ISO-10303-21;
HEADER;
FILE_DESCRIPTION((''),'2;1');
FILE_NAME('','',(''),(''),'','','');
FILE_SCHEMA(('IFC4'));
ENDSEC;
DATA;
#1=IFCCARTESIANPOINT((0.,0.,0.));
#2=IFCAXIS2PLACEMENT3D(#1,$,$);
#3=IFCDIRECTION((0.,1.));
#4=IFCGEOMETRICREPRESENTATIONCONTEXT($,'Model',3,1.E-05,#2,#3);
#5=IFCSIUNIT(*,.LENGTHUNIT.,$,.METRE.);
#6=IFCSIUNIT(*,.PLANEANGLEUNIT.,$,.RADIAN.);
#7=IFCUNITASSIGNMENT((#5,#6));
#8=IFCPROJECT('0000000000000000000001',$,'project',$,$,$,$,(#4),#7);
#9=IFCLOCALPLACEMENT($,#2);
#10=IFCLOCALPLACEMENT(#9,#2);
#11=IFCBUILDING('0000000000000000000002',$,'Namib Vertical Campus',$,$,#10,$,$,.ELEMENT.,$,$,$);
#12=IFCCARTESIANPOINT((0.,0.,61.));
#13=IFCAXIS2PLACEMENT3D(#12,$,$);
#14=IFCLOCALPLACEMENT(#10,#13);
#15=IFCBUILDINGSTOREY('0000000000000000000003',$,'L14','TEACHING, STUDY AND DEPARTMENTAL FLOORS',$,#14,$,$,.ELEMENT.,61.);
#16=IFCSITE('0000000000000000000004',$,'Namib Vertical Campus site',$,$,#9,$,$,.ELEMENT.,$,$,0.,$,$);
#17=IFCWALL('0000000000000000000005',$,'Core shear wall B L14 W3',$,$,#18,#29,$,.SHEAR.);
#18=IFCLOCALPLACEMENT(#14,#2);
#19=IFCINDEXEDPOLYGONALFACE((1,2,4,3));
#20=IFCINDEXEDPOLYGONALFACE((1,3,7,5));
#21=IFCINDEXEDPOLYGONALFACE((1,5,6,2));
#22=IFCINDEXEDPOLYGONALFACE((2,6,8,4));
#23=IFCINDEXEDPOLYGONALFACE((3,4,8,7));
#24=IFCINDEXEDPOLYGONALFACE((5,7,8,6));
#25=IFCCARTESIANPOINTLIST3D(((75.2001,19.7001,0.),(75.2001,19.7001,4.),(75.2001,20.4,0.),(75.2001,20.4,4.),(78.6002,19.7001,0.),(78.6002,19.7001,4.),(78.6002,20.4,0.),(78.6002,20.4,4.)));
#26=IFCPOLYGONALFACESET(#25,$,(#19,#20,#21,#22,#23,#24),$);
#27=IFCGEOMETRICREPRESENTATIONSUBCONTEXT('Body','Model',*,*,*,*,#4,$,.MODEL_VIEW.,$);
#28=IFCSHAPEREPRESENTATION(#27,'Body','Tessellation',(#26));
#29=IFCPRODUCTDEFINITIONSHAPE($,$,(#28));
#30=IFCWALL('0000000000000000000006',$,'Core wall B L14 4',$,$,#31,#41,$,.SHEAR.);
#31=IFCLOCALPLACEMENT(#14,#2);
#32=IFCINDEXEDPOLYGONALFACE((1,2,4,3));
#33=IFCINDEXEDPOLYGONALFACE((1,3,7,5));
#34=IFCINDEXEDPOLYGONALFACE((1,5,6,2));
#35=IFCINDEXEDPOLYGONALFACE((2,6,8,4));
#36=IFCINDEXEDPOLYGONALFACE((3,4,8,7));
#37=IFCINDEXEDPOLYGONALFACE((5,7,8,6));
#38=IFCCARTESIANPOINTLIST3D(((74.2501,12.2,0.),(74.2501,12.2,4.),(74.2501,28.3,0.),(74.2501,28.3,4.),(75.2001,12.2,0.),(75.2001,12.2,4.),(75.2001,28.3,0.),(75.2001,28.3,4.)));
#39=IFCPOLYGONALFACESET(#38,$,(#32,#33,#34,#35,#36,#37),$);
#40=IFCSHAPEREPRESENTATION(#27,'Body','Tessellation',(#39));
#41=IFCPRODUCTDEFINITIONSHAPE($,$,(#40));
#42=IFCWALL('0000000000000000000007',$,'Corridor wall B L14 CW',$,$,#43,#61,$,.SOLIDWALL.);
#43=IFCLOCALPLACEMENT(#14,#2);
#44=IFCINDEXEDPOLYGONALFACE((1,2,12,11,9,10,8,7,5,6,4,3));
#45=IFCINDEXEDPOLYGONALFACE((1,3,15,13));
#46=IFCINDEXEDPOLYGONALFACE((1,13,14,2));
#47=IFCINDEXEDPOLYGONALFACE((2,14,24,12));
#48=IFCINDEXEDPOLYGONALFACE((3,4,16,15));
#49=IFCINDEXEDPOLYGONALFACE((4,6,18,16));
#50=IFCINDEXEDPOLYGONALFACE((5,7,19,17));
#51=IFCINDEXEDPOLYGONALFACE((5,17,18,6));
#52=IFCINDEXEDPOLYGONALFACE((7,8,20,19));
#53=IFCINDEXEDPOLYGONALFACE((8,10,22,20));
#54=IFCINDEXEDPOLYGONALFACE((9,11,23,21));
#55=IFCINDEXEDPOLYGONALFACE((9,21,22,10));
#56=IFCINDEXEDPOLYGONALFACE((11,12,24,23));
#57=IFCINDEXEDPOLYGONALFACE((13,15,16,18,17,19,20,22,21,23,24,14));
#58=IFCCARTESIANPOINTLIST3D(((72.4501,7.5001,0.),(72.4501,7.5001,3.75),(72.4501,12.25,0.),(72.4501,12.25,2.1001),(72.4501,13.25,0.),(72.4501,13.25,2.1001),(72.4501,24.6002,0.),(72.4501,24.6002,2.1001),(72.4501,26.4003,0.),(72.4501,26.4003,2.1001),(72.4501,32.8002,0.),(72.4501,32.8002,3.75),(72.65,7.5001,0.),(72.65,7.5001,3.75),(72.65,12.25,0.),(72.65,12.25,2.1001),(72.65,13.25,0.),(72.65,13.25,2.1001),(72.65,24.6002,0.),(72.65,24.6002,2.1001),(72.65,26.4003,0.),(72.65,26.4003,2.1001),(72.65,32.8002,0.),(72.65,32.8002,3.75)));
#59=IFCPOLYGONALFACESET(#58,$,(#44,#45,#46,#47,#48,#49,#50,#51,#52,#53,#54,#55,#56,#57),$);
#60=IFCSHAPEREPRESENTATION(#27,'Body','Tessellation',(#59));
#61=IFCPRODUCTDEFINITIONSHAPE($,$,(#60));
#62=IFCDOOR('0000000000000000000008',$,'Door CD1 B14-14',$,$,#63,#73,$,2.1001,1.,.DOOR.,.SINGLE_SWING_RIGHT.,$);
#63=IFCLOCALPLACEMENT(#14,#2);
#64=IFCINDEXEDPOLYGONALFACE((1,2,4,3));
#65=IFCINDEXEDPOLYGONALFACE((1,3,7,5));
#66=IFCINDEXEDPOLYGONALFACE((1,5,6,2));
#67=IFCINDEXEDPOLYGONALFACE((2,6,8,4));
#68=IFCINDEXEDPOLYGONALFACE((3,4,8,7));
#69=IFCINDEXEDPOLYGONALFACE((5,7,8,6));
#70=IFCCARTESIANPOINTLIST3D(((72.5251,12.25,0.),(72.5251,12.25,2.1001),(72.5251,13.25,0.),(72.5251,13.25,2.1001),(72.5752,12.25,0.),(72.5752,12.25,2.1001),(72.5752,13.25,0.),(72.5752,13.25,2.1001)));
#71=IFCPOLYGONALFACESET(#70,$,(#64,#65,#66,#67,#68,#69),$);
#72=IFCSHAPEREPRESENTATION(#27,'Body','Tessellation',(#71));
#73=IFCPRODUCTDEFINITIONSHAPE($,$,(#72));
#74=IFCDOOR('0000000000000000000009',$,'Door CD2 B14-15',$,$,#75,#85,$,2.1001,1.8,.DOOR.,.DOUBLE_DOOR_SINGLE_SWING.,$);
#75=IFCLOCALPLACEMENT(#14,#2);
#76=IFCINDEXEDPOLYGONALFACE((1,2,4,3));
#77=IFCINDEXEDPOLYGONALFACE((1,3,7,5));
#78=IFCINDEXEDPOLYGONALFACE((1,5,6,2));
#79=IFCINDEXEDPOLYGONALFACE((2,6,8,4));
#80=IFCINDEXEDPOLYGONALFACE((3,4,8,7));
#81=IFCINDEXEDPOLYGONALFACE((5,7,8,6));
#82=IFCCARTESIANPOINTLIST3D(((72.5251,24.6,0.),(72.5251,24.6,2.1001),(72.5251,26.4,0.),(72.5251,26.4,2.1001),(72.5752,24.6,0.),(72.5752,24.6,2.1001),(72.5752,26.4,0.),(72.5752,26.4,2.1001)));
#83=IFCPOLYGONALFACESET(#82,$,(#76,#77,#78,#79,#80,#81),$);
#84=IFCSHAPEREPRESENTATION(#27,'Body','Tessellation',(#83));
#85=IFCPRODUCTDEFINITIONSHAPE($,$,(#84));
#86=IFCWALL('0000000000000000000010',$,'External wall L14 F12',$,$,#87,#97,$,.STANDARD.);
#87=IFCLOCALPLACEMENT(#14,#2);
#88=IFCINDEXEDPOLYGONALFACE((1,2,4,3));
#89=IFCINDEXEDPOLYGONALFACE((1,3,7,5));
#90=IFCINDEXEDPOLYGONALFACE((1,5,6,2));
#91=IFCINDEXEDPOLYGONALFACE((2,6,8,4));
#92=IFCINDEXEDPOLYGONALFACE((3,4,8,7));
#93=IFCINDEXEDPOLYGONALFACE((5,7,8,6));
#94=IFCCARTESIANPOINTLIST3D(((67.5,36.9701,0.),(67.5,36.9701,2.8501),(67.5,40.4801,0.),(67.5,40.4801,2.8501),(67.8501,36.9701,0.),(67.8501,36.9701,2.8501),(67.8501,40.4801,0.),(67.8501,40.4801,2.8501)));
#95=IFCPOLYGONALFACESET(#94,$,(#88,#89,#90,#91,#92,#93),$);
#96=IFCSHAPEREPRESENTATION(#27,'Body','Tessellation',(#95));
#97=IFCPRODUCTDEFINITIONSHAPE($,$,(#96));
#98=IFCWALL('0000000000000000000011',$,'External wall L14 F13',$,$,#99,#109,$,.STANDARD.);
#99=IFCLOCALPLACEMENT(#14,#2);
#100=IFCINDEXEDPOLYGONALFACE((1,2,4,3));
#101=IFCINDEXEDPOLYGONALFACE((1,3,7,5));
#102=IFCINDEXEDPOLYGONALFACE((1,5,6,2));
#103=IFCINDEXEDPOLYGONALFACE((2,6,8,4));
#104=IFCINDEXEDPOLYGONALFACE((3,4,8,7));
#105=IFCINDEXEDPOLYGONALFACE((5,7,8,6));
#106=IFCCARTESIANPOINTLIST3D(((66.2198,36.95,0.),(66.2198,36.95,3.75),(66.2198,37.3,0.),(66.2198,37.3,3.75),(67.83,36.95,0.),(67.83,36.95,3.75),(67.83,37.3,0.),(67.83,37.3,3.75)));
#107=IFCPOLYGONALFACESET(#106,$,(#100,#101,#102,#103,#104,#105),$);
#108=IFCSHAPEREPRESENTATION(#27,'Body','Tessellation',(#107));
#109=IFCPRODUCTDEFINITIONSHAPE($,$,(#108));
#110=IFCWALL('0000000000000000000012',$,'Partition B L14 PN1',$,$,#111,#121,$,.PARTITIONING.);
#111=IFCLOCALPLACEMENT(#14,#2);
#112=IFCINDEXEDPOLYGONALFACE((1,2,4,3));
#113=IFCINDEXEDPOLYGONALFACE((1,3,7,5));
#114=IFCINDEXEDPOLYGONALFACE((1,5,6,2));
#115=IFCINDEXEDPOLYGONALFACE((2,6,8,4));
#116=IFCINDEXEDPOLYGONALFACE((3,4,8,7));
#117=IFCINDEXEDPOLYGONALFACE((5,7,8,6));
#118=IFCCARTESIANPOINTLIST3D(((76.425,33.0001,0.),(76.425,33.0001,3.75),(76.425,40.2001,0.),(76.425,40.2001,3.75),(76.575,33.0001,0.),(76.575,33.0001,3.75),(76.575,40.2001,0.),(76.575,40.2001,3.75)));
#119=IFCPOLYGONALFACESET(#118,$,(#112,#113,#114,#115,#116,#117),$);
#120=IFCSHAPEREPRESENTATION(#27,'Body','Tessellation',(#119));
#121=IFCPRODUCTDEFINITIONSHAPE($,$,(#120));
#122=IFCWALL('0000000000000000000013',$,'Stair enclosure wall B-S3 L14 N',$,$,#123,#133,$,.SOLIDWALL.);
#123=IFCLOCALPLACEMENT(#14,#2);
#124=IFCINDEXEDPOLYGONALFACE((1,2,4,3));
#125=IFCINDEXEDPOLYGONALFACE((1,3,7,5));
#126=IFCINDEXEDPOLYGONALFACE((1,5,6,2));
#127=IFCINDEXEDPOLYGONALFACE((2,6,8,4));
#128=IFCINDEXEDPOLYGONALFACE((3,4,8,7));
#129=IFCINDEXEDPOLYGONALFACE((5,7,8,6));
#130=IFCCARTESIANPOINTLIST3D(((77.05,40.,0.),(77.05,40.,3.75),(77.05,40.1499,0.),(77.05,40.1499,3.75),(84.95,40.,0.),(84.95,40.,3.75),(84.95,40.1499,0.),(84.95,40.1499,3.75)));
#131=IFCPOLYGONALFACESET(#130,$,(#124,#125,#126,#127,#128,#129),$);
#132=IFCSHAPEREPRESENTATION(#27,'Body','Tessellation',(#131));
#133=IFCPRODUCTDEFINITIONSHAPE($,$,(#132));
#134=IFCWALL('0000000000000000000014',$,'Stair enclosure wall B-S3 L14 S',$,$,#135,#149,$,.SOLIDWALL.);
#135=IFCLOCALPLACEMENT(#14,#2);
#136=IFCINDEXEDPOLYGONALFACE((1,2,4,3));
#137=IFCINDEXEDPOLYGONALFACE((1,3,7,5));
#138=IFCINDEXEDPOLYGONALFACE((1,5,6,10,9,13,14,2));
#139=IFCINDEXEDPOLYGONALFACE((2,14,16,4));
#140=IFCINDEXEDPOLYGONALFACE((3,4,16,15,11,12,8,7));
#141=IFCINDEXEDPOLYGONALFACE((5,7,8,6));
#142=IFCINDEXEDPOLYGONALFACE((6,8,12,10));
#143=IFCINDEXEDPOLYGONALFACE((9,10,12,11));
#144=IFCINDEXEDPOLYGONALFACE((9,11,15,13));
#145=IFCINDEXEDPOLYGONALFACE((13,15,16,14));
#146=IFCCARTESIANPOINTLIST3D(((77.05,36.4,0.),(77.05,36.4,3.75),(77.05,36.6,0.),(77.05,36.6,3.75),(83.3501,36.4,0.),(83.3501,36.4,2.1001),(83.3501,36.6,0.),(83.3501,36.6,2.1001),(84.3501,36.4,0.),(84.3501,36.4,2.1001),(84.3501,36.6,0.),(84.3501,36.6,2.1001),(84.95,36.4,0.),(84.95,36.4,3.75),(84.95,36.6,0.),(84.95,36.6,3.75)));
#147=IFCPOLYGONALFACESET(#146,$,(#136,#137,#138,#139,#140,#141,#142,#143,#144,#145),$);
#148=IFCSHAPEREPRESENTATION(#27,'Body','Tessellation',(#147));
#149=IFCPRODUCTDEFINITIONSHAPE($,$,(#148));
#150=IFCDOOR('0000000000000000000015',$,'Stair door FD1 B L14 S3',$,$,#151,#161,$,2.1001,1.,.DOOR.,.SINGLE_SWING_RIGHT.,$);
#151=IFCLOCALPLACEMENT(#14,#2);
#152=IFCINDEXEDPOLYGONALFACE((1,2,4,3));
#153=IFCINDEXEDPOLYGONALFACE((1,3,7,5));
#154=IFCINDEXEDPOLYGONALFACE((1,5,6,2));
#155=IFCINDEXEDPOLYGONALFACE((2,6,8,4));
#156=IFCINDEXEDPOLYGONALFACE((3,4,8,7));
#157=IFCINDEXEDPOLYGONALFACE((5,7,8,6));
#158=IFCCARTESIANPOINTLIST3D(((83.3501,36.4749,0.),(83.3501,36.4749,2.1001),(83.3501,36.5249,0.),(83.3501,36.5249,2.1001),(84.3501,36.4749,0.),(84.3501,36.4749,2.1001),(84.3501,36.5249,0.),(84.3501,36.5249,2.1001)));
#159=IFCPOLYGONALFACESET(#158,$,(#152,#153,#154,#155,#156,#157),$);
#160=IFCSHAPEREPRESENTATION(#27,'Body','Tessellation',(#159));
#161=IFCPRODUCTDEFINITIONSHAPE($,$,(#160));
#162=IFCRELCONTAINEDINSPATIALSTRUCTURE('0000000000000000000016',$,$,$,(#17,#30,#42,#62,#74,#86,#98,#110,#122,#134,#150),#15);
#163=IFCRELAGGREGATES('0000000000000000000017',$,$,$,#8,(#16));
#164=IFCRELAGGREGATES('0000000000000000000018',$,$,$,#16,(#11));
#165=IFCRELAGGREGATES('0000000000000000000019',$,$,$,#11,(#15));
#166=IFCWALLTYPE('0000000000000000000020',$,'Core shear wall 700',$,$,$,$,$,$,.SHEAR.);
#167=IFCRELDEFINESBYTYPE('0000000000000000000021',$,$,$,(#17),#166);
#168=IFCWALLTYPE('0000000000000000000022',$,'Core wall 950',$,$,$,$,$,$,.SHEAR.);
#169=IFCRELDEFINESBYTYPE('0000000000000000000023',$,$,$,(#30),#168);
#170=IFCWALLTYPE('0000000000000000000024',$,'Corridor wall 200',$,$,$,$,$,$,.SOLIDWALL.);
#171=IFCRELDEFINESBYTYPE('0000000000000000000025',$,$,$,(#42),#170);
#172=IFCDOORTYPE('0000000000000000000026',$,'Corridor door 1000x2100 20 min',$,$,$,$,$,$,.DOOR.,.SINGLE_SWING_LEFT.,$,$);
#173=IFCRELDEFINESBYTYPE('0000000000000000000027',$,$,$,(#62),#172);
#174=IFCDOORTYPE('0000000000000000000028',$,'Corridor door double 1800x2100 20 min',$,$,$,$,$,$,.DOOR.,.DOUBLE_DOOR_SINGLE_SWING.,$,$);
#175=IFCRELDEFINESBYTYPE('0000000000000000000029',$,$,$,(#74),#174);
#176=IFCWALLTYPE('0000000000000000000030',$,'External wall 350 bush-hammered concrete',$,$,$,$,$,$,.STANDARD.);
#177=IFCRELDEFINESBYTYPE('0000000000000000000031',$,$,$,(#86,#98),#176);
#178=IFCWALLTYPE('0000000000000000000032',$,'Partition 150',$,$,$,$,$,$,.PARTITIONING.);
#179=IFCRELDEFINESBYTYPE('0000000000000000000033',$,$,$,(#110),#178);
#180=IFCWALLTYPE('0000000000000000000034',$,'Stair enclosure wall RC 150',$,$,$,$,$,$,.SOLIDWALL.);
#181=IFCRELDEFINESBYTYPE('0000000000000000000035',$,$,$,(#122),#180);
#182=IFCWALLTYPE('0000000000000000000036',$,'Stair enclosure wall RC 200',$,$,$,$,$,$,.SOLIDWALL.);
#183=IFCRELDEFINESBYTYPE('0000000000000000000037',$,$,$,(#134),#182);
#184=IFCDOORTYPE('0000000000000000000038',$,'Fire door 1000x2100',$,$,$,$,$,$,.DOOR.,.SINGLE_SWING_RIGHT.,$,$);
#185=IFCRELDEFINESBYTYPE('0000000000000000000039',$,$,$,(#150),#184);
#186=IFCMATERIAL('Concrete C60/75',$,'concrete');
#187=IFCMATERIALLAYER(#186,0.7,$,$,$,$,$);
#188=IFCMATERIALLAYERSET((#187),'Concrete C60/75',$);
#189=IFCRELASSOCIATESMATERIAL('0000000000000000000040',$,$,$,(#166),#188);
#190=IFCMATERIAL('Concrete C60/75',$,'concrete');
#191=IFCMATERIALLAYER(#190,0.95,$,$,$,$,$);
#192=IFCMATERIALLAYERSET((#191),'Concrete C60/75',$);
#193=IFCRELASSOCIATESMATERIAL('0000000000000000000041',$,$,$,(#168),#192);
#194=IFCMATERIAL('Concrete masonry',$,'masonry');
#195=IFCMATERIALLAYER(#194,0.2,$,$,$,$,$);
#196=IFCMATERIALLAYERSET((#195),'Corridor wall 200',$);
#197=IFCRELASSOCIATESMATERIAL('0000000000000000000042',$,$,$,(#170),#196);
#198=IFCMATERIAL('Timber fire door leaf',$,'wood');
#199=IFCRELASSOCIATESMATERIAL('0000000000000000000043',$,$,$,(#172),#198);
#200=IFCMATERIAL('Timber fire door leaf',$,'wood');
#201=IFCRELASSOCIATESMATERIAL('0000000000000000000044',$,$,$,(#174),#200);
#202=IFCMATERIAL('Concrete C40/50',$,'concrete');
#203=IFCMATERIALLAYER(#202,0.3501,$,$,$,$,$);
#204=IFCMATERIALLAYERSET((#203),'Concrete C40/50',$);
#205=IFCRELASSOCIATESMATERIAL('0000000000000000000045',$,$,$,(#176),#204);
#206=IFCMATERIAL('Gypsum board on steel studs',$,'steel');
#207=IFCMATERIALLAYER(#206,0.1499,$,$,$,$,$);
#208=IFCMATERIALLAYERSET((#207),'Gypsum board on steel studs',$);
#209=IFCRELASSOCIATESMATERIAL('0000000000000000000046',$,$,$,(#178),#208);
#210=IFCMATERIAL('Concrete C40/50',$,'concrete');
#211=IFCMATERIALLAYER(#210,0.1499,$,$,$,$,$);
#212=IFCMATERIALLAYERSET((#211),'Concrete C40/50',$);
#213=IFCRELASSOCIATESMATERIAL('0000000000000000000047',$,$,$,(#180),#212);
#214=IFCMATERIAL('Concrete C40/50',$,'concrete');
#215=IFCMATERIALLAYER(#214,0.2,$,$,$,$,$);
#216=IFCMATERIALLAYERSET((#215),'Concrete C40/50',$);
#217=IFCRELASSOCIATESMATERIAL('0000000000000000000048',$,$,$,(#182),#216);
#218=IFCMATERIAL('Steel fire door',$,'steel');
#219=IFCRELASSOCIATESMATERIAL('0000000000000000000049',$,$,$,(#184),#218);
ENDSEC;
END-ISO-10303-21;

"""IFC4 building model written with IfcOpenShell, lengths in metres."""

from ifc_helpers import new_model, si_unit, direction, frame, frame_2d, origin, place, context, subcontext, project, spatial, rectangle, extrude, material, layer, layer_set, type_object, element, fill, save


model = new_model("IFC4")

# Units and contexts
model_context = context("Model", 3, precision=1e-05, world=origin(), true_north=direction((0.0, 1.0)))
body_context = subcontext(model_context, "Body", "Model", "MODEL_VIEW")
ifc_project = project(units=[si_unit("LENGTHUNIT", "METRE"), si_unit("PLANEANGLEUNIT", "RADIAN")], contexts=[model_context])

# Site, building, storey
site_placement = place(None, origin())
site = spatial("IfcSite", under=ifc_project, at=site_placement, Name="Namib Vertical Campus site", CompositionType="ELEMENT", RefElevation=0.0)
building_placement = place(site_placement, origin())
building = spatial("IfcBuilding", under=site, at=building_placement, Name="Namib Vertical Campus", CompositionType="ELEMENT")
storey_placement = place(building_placement, frame((0.0, 0.0, 61.0)))
storey = spatial("IfcBuildingStorey", under=building, at=storey_placement, Name="L14", Description="TEACHING, STUDY AND DEPARTMENTAL FLOORS", CompositionType="ELEMENT", Elevation=61.0)

# Walls
ifc_material_1 = material(Name="Concrete C60/75", Category="concrete")
ifc_layer_1 = layer(ifc_material_1, 0.7)
ifc_layer_set_1 = layer_set([ifc_layer_1], Name="Concrete C60/75")
wall_type_1 = type_object("IfcWallType", Name="Core shear wall 700", PredefinedType="SHEAR", material=ifc_layer_set_1)
wall_1_placement = place(storey_placement, frame((75.2, 20.05, 0.0), z_axis=(0.0, 0.0, 1.0), x_axis=(1.0, 0.0, 0.0)))
element("IfcWall", 1, at=wall_1_placement, inside=storey, type_object=wall_type_1, Name="Core shear wall B L14 W3", PredefinedType="SHEAR", context=body_context, shape_type="SweptSolid", body=[
    extrude(rectangle(XDim=3.4001, YDim=0.7, at=frame_2d((1.7002, 0.0))), origin(), (0.0, 0.0, 1.0), 4.0),
])
ifc_material_2 = material(Name="Concrete C60/75", Category="concrete")
ifc_layer_2 = layer(ifc_material_2, 0.95)
ifc_layer_set_2 = layer_set([ifc_layer_2], Name="Concrete C60/75")
wall_type_2 = type_object("IfcWallType", Name="Core wall 950", PredefinedType="SHEAR", material=ifc_layer_set_2)
wall_2_placement = place(storey_placement, frame((74.7251, 28.3, 0.0), z_axis=(0.0, 0.0, 1.0), x_axis=(0.0, -1.0, 0.0)))
element("IfcWall", 2, at=wall_2_placement, inside=storey, type_object=wall_type_2, Name="Core wall B L14 4", PredefinedType="SHEAR", context=body_context, shape_type="SweptSolid", body=[
    extrude(rectangle(XDim=16.1001, YDim=0.95, at=frame_2d((8.05, 0.0))), origin(), (0.0, 0.0, 1.0), 4.0),
])

# Wall, openings, doors
ifc_material_3 = material(Name="Concrete masonry", Category="masonry")
ifc_layer_3 = layer(ifc_material_3, 0.2)
ifc_layer_set_3 = layer_set([ifc_layer_3], Name="Corridor wall 200")
wall_type_3 = type_object("IfcWallType", Name="Corridor wall 200", PredefinedType="SOLIDWALL", material=ifc_layer_set_3)
wall_3_placement = place(storey_placement, frame((72.55, 32.8, 0.0), z_axis=(0.0, 0.0, 1.0), x_axis=(0.0, -1.0, 0.0)))
wall_3 = element("IfcWall", 3, at=wall_3_placement, inside=storey, type_object=wall_type_3, Name="Corridor wall B L14 CW", PredefinedType="SOLIDWALL", context=body_context, shape_type="SweptSolid", body=[
    extrude(rectangle(XDim=25.3, YDim=0.2, at=frame_2d((12.6499, 0.0))), origin(), (0.0, 0.0, 1.0), 3.75),
])
opening_1_placement = place(wall_3_placement, frame((19.55, 0.0, 0.0)))
opening_1 = element("IfcOpeningElement", 4, at=opening_1_placement, cuts=wall_3, PredefinedType="OPENING", context=body_context, shape_type="SweptSolid", body=[
    extrude(rectangle(XDim=1.0, YDim=2.1001, at=frame_2d((0.5, 1.05))), frame((0.0, 0.1099, 0.0), z_axis=(0.0, -1.0, 0.0), x_axis=(1.0, 0.0, 0.0)), (0.0, 0.0, 1.0), 0.22),
])
opening_2_placement = place(wall_3_placement, frame((6.3999, 0.0, 0.0)))
opening_2 = element("IfcOpeningElement", 5, at=opening_2_placement, cuts=wall_3, PredefinedType="OPENING", context=body_context, shape_type="SweptSolid", body=[
    extrude(rectangle(XDim=1.8, YDim=2.1001, at=frame_2d((0.8999, 1.05))), frame((0.0, 0.1099, 0.0), z_axis=(0.0, -1.0, 0.0), x_axis=(1.0, 0.0, 0.0)), (0.0, 0.0, 1.0), 0.22),
])
ifc_material_4 = material(Name="Timber fire door leaf", Category="wood")
door_type_1 = type_object("IfcDoorType", Name="Corridor door 1000x2100 20 min", OperationType="SINGLE_SWING_LEFT", PredefinedType="DOOR", material=ifc_material_4)
door_1_placement = place(opening_1_placement, frame((1.0, 0.0, 0.0), z_axis=(0.0, 0.0, 1.0), x_axis=(-1.0, 0.0, 0.0)))
door_1 = element("IfcDoor", 6, at=door_1_placement, inside=storey, type_object=door_type_1, Name="Door CD1 B14-14", OperationType="SINGLE_SWING_RIGHT", OverallHeight=2.1001, OverallWidth=1.0, PredefinedType="DOOR", context=body_context, shape_type="SweptSolid", body=[
    extrude(rectangle(XDim=1.0, YDim=2.1001, at=frame_2d((0.5, 1.05))), frame((0.0, 0.0249, 0.0), z_axis=(0.0, -1.0, 0.0), x_axis=(1.0, 0.0, 0.0)), (0.0, 0.0, 1.0), 0.05),
])
fill(opening_1, door_1)
ifc_material_5 = material(Name="Timber fire door leaf", Category="wood")
door_type_2 = type_object("IfcDoorType", Name="Corridor door double 1800x2100 20 min", OperationType="DOUBLE_DOOR_SINGLE_SWING", PredefinedType="DOOR", material=ifc_material_5)
door_2_placement = place(opening_2_placement, frame((1.8, 0.0, 0.0), z_axis=(0.0, 0.0, 1.0), x_axis=(-1.0, 0.0, 0.0)))
door_2 = element("IfcDoor", 7, at=door_2_placement, inside=storey, type_object=door_type_2, Name="Door CD2 B14-15", OperationType="DOUBLE_DOOR_SINGLE_SWING", OverallHeight=2.1001, OverallWidth=1.8, PredefinedType="DOOR", context=body_context, shape_type="SweptSolid", body=[
    extrude(rectangle(XDim=1.8, YDim=2.1001, at=frame_2d((0.8999, 1.05))), frame((0.0, 0.0249, 0.0), z_axis=(0.0, -1.0, 0.0), x_axis=(1.0, 0.0, 0.0)), (0.0, 0.0, 1.0), 0.05),
])
fill(opening_2, door_2)

# Walls
ifc_material_6 = material(Name="Concrete C40/50", Category="concrete")
ifc_layer_4 = layer(ifc_material_6, 0.3501)
ifc_layer_set_4 = layer_set([ifc_layer_4], Name="Concrete C40/50")
wall_type_4 = type_object("IfcWallType", Name="External wall 350 bush-hammered concrete", PredefinedType="STANDARD", material=ifc_layer_set_4)
wall_4_placement = place(storey_placement, frame((67.675, 40.48, 0.0), z_axis=(0.0, 0.0, 1.0), x_axis=(0.0, -1.0, 0.0)))
element("IfcWall", 8, at=wall_4_placement, inside=storey, type_object=wall_type_4, Name="External wall L14 F12", PredefinedType="STANDARD", context=body_context, shape_type="SweptSolid", body=[
    extrude(rectangle(XDim=3.51, YDim=0.3501, at=frame_2d((1.7549, 0.0))), origin(), (0.0, 0.0, 1.0), 2.8501),
])
wall_5_placement = place(storey_placement, frame((67.8301, 37.125, 0.0), z_axis=(0.0, 0.0, 1.0), x_axis=(-1.0, 0.0, 0.0)))
element("IfcWall", 9, at=wall_5_placement, inside=storey, type_object=wall_type_4, Name="External wall L14 F13", PredefinedType="STANDARD", context=body_context, shape_type="SweptSolid", body=[
    extrude(rectangle(XDim=1.6101, YDim=0.3501, at=frame_2d((0.8052, 0.0))), origin(), (0.0, 0.0, 1.0), 3.75),
])
ifc_material_7 = material(Name="Gypsum board on steel studs", Category="steel")
ifc_layer_5 = layer(ifc_material_7, 0.1499)
ifc_layer_set_5 = layer_set([ifc_layer_5], Name="Gypsum board on steel studs")
wall_type_5 = type_object("IfcWallType", Name="Partition 150", PredefinedType="PARTITIONING", material=ifc_layer_set_5)
wall_6_placement = place(storey_placement, frame((76.5, 33.0, 0.0), z_axis=(0.0, 0.0, 1.0), x_axis=(0.0, 1.0, 0.0)))
element("IfcWall", 10, at=wall_6_placement, inside=storey, type_object=wall_type_5, Name="Partition B L14 PN1", PredefinedType="PARTITIONING", context=body_context, shape_type="SweptSolid", body=[
    extrude(rectangle(XDim=7.2, YDim=0.1499, at=frame_2d((3.6001, 0.0))), origin(), (0.0, 0.0, 1.0), 3.75),
])
ifc_material_8 = material(Name="Concrete C40/50", Category="concrete")
ifc_layer_6 = layer(ifc_material_8, 0.1499)
ifc_layer_set_6 = layer_set([ifc_layer_6], Name="Concrete C40/50")
wall_type_6 = type_object("IfcWallType", Name="Stair enclosure wall RC 150", PredefinedType="SOLIDWALL", material=ifc_layer_set_6)
wall_7_placement = place(storey_placement, frame((77.05, 40.075, 0.0), z_axis=(0.0, 0.0, 1.0), x_axis=(1.0, 0.0, 0.0)))
element("IfcWall", 11, at=wall_7_placement, inside=storey, type_object=wall_type_6, Name="Stair enclosure wall B-S3 L14 N", PredefinedType="SOLIDWALL", context=body_context, shape_type="SweptSolid", body=[
    extrude(rectangle(XDim=7.8999, YDim=0.1499, at=frame_2d((3.95, 0.0))), origin(), (0.0, 0.0, 1.0), 3.75),
])

# Wall, opening, door
ifc_material_9 = material(Name="Concrete C40/50", Category="concrete")
ifc_layer_7 = layer(ifc_material_9, 0.2)
ifc_layer_set_7 = layer_set([ifc_layer_7], Name="Concrete C40/50")
wall_type_7 = type_object("IfcWallType", Name="Stair enclosure wall RC 200", PredefinedType="SOLIDWALL", material=ifc_layer_set_7)
wall_8_placement = place(storey_placement, frame((77.05, 36.5, 0.0), z_axis=(0.0, 0.0, 1.0), x_axis=(1.0, 0.0, 0.0)))
wall_8 = element("IfcWall", 12, at=wall_8_placement, inside=storey, type_object=wall_type_7, Name="Stair enclosure wall B-S3 L14 S", PredefinedType="SOLIDWALL", context=body_context, shape_type="SweptSolid", body=[
    extrude(rectangle(XDim=7.8999, YDim=0.2, at=frame_2d((3.95, 0.0))), origin(), (0.0, 0.0, 1.0), 3.75),
])
opening_3_placement = place(wall_8_placement, frame((6.3, 0.0, 0.0)))
opening_3 = element("IfcOpeningElement", 13, at=opening_3_placement, cuts=wall_8, PredefinedType="OPENING", context=body_context, shape_type="SweptSolid", body=[
    extrude(rectangle(XDim=1.0, YDim=2.1001, at=frame_2d((0.5, 1.05))), frame((0.0, 0.1099, 0.0), z_axis=(0.0, -1.0, 0.0), x_axis=(1.0, 0.0, 0.0)), (0.0, 0.0, 1.0), 0.22),
])
ifc_material_10 = material(Name="Steel fire door", Category="steel")
door_type_3 = type_object("IfcDoorType", Name="Fire door 1000x2100", OperationType="SINGLE_SWING_RIGHT", PredefinedType="DOOR", material=ifc_material_10)
door_3_placement = place(opening_3_placement, origin())
door_3 = element("IfcDoor", 14, at=door_3_placement, inside=storey, type_object=door_type_3, Name="Stair door FD1 B L14 S3", OperationType="SINGLE_SWING_RIGHT", OverallHeight=2.1001, OverallWidth=1.0, PredefinedType="DOOR", context=body_context, shape_type="SweptSolid", body=[
    extrude(rectangle(XDim=1.0, YDim=2.1001, at=frame_2d((0.5, 1.05))), frame((0.0, 0.0249, 0.0), z_axis=(0.0, -1.0, 0.0), x_axis=(1.0, 0.0, 0.0)), (0.0, 0.0, 1.0), 0.05),
])
fill(opening_3, door_3)

save(model, "model.ifc")
